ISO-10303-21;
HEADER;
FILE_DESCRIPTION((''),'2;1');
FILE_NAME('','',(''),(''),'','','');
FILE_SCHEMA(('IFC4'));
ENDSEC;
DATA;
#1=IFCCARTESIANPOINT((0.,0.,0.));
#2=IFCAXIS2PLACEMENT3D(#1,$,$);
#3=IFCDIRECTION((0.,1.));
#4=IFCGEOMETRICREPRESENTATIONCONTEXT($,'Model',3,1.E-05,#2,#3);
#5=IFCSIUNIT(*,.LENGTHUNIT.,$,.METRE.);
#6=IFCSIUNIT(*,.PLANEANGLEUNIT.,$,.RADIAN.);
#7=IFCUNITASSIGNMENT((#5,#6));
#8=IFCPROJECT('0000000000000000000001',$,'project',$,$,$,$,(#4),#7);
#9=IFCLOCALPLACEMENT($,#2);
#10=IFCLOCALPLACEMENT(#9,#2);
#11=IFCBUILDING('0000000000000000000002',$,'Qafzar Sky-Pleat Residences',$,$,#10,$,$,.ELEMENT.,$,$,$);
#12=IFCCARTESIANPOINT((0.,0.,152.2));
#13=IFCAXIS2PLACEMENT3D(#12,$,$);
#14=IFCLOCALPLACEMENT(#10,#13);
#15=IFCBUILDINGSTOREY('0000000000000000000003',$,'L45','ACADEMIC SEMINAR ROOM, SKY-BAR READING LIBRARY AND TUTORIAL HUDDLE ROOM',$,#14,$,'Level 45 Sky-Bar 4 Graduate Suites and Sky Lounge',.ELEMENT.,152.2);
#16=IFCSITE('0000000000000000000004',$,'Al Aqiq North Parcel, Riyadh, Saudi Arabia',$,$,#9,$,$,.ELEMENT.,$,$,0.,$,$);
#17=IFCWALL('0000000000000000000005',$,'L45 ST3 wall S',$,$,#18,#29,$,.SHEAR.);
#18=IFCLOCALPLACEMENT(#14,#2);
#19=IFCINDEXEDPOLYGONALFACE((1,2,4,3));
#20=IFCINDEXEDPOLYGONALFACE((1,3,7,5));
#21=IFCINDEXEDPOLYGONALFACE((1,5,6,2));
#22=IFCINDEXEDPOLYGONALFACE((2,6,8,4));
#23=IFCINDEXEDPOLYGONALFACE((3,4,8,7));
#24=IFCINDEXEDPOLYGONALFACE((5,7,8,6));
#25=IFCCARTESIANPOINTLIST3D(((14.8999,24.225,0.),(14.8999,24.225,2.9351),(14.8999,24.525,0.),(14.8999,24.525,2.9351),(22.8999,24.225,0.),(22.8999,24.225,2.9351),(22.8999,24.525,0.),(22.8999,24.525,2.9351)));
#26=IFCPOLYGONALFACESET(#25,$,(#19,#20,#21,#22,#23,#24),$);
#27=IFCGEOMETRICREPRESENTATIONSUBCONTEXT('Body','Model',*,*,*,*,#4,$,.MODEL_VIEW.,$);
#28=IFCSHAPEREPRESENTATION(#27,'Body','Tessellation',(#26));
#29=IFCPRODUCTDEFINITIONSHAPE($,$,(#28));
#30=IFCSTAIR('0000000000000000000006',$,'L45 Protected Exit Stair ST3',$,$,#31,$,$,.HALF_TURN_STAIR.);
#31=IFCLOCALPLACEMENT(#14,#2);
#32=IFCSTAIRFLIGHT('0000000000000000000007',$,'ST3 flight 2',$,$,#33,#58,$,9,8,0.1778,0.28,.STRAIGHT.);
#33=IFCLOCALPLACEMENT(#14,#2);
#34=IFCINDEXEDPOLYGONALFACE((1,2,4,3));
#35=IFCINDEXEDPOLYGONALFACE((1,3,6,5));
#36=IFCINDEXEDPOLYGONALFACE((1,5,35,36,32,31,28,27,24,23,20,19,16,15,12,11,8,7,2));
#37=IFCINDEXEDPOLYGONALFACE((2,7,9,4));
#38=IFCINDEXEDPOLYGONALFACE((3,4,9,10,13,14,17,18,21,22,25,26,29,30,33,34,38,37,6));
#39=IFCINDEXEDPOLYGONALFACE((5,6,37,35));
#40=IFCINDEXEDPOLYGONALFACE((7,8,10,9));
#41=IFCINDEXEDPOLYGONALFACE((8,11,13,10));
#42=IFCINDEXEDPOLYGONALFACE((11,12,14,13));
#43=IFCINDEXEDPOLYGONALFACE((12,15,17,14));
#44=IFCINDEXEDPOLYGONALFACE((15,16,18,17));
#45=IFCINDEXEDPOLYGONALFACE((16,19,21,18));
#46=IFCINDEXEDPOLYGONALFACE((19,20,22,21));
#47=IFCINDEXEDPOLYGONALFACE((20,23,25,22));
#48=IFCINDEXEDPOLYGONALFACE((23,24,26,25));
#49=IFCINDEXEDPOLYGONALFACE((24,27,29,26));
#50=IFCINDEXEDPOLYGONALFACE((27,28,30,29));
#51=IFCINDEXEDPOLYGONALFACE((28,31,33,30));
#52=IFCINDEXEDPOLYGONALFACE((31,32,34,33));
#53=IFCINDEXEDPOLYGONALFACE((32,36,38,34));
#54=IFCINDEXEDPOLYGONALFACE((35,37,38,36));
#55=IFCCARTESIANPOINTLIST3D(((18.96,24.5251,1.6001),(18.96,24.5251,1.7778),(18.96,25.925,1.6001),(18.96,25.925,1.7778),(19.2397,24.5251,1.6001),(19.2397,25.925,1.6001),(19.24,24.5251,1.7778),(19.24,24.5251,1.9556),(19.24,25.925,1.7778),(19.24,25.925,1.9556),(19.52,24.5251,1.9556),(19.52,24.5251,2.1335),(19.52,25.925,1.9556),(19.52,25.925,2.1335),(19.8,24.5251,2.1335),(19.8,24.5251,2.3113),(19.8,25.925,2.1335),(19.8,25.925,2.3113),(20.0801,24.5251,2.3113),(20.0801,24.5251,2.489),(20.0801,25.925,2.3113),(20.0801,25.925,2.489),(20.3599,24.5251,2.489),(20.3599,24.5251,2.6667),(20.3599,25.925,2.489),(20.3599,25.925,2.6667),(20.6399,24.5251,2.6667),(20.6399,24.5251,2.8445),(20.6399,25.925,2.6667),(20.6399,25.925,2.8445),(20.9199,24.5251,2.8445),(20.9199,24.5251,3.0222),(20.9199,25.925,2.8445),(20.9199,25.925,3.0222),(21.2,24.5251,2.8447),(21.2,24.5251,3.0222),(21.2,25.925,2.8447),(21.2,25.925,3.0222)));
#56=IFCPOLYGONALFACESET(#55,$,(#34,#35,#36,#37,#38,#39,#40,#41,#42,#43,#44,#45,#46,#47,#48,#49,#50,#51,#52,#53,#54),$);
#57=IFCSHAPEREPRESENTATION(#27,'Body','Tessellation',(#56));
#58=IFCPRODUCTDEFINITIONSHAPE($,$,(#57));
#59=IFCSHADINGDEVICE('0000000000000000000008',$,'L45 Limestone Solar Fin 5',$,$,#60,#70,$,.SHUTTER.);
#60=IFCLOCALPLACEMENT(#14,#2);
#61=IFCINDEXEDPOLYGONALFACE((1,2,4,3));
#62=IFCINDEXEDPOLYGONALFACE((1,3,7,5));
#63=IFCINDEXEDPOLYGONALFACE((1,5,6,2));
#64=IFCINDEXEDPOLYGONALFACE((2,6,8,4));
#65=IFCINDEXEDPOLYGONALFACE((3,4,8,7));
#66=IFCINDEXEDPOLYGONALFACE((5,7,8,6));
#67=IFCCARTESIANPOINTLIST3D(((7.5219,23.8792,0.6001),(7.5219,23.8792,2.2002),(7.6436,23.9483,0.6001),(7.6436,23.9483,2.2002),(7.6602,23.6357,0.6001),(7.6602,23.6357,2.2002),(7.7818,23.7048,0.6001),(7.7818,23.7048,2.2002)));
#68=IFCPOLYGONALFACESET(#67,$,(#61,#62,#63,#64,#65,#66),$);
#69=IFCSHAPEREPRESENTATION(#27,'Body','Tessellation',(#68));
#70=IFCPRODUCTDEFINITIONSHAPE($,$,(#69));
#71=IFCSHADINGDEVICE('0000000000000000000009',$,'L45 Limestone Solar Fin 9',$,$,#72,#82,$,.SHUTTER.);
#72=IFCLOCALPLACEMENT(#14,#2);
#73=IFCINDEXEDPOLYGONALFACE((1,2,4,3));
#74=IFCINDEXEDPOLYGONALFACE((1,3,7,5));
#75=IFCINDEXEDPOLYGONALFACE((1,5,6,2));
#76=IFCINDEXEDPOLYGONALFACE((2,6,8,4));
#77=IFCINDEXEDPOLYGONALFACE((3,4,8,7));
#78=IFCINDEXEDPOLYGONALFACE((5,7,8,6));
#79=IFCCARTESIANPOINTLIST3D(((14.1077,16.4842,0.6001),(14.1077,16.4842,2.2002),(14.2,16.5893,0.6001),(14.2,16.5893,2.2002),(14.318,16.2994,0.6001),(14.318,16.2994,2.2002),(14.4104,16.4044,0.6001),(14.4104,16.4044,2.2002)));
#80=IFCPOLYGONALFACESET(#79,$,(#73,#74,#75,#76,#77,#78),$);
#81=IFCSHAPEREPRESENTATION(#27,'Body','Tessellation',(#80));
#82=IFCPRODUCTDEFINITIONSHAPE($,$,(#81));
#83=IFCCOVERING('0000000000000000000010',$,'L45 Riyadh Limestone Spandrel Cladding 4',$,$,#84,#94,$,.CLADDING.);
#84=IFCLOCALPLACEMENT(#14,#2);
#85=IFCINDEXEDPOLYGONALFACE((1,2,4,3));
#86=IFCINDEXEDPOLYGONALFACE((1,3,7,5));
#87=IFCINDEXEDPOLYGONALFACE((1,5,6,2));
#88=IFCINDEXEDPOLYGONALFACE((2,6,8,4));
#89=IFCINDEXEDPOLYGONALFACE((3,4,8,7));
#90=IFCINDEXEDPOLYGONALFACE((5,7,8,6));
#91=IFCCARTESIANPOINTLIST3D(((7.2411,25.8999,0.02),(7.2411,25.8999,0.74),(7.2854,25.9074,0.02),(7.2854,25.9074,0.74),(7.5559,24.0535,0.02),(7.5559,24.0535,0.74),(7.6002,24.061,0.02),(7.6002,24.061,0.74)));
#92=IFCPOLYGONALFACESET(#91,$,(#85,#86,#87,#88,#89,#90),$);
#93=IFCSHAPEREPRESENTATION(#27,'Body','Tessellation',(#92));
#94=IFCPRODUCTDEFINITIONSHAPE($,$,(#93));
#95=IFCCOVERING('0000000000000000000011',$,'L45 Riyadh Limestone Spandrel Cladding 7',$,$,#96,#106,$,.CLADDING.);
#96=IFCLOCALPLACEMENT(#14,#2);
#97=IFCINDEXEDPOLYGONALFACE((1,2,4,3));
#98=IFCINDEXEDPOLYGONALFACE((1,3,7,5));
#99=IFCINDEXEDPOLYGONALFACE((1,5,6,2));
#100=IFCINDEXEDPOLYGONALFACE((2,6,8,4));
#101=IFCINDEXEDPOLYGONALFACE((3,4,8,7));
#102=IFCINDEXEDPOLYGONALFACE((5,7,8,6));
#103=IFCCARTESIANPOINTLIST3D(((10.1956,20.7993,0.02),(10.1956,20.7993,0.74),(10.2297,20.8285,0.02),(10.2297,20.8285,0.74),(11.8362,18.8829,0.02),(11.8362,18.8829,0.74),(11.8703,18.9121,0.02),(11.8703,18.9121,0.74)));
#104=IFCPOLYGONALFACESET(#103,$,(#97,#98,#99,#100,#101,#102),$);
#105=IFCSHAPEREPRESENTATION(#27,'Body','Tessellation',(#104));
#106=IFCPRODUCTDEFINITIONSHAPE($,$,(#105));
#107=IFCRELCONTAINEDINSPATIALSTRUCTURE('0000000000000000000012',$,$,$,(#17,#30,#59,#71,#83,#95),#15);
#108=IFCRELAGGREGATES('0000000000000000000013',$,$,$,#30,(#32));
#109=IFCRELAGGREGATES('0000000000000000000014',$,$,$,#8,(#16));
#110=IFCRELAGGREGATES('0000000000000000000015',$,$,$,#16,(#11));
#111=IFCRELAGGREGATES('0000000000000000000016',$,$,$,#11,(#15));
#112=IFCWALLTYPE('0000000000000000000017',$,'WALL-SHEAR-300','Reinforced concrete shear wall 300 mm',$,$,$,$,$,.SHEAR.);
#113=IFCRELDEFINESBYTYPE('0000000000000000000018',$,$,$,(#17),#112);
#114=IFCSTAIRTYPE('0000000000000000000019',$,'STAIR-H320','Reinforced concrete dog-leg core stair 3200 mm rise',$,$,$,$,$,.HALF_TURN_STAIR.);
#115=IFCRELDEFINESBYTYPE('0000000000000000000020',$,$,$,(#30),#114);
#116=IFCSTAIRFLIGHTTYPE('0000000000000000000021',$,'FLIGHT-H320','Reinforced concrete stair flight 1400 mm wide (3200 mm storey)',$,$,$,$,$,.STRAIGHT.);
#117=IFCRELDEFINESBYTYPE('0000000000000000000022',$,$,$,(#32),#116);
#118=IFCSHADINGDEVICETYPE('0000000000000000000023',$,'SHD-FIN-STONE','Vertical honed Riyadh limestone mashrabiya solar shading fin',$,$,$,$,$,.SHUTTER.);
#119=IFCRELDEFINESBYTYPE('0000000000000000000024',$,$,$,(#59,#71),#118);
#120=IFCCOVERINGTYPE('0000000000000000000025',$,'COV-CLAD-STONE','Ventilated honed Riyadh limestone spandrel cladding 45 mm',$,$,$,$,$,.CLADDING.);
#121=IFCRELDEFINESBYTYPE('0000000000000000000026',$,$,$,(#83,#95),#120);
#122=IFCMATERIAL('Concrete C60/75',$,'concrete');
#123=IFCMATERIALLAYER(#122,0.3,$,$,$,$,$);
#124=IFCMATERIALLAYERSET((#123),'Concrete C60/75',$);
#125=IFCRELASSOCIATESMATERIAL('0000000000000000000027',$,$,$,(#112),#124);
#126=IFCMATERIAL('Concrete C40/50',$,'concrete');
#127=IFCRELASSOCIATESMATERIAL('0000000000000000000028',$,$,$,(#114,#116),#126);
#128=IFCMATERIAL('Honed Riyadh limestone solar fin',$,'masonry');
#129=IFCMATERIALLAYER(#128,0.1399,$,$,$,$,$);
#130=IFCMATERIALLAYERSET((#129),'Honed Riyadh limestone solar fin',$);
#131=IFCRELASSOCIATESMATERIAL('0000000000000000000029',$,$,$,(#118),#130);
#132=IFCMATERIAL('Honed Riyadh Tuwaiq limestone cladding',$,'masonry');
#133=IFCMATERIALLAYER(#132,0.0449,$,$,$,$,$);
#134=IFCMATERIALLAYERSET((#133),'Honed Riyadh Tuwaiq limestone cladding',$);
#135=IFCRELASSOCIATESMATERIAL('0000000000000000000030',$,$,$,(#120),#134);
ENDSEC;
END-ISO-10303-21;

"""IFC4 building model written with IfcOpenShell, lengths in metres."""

from ifc_helpers import new_model, si_unit, direction, frame, frame_2d, origin, origin_2d, place, context, subcontext, project, spatial, polyline, rectangle, outline, extrude, source, transform, mapped, material, layer, layer_set, type_object, element, aggregate, save


model = new_model("IFC4")

# Units and contexts
model_context = context("Model", 3, precision=1e-05, world=origin(), true_north=direction((0.0, 1.0)))
body_context = subcontext(model_context, "Body", "Model", "MODEL_VIEW")
ifc_project = project(units=[si_unit("LENGTHUNIT", "METRE"), si_unit("PLANEANGLEUNIT", "RADIAN")], contexts=[model_context])

# Site, building, storey
site_placement = place(None, origin())
site = spatial("IfcSite", under=ifc_project, at=site_placement, Name="Al Aqiq North Parcel, Riyadh, Saudi Arabia", CompositionType="ELEMENT", RefElevation=0.0)
building_placement = place(site_placement, origin())
building = spatial("IfcBuilding", under=site, at=building_placement, Name="Qafzar Sky-Pleat Residences", CompositionType="ELEMENT")
storey_placement = place(building_placement, frame((0.0, 0.0, 152.2)))
storey = spatial("IfcBuildingStorey", under=building, at=storey_placement, Name="L45", Description="ACADEMIC SEMINAR ROOM, SKY-BAR READING LIBRARY AND TUTORIAL HUDDLE ROOM", LongName="Level 45 Sky-Bar 4 Graduate Suites and Sky Lounge", CompositionType="ELEMENT", Elevation=152.2)

# Shared definitions
ifc_material_1 = material(Name="Concrete C60/75", Category="concrete")

# Wall
ifc_layer_1 = layer(ifc_material_1, 0.3)
ifc_layer_set_1 = layer_set([ifc_layer_1], Name="Concrete C60/75")
wall_type_1 = type_object("IfcWallType", Name="WALL-SHEAR-300", Description="Reinforced concrete shear wall 300 mm", PredefinedType="SHEAR", material=ifc_layer_set_1)
wall_1_placement = place(storey_placement, frame((14.8999, 24.375, 0.0), z_axis=(0.0, 0.0, 1.0), x_axis=(1.0, 0.0, 0.0)))
element("IfcWall", 1, at=wall_1_placement, inside=storey, type_object=wall_type_1, Name="L45 ST3 wall S", PredefinedType="SHEAR", context=body_context, shape_type="SweptSolid", body=[
    extrude(rectangle(XDim=8.0, YDim=0.3, at=frame_2d((4.0, 0.0))), origin(), (0.0, 0.0, 1.0), 2.9351),
])

# Stair, stair flight
ifc_material_2 = material(Name="Concrete C40/50", Category="concrete")
stair_type = type_object("IfcStairType", Name="STAIR-H320", Description="Reinforced concrete dog-leg core stair 3200 mm rise", PredefinedType="HALF_TURN_STAIR", material=ifc_material_2)
stair_placement = place(storey_placement, origin())
stair = element("IfcStair", 2, at=stair_placement, inside=storey, type_object=stair_type, Name="L45 Protected Exit Stair ST3", PredefinedType="HALF_TURN_STAIR")
stair_flight_type = type_object("IfcStairFlightType", Name="FLIGHT-H320", Description="Reinforced concrete stair flight 1400 mm wide (3200 mm storey)", PredefinedType="STRAIGHT", material=ifc_material_2)
shared_shape_1 = source(origin(), body_context, "Body", "SweptSolid", [
    extrude(outline(polyline([(0.0, 0.0), (0.0, 0.1777), (0.28, 0.1777), (0.28, 0.3555), (0.5601, 0.3555), (0.5601, 0.5334), (0.8401, 0.5334), (0.8401, 0.7112), (1.1201, 0.7112), (1.1201, 0.8889), (1.3999, 0.8889), (1.3999, 1.0667), (1.6799, 1.0667), (1.6799, 1.2444), (1.96, 1.2444), (1.96, 1.4221), (2.24, 1.4221), (2.24, 1.6001), (2.24, 1.2446), (0.2798, 0.0), (0.0, 0.0)])), frame((0.0, 0.7, 0.0), z_axis=(0.0, -1.0, 0.0), x_axis=(1.0, 0.0, 0.0)), (0.0, 0.0, 1.0), 1.3999),
])
stair_flight_placement = place(storey_placement, frame((18.96, 25.2251, 1.6001), z_axis=(0.0, 0.0, 1.0), x_axis=(1.0, 0.0, 0.0)))
stair_flight = element("IfcStairFlight", 3, at=stair_flight_placement, type_object=stair_flight_type, Name="ST3 flight 2", NumberOfRisers=9, NumberOfTreads=8, PredefinedType="STRAIGHT", RiserHeight=0.1778, TreadLength=0.28, context=body_context, shape_type="MappedRepresentation", body=[
    mapped(shared_shape_1, transform((0.0, 0.0, 0.0), x_axis=(1.0, 0.0, 0.0), y_axis=(0.0, 1.0, 0.0), z_axis=(0.0, 0.0, 1.0), scale=1.0)),
])
aggregate(stair, [stair_flight])

# Shading devices
ifc_material_3 = material(Name="Honed Riyadh limestone solar fin", Category="masonry")
ifc_layer_2 = layer(ifc_material_3, 0.1399)
ifc_layer_set_2 = layer_set([ifc_layer_2], Name="Honed Riyadh limestone solar fin")
shading_device_type = type_object("IfcShadingDeviceType", Name="SHD-FIN-STONE", Description="Vertical honed Riyadh limestone mashrabiya solar shading fin", PredefinedType="SHUTTER", material=ifc_layer_set_2)
shared_shape_2 = source(origin(), body_context, "Body", "SweptSolid", [
    extrude(rectangle(XDim=0.1399, YDim=0.28, at=origin_2d()), origin(), (0.0, 0.0, 1.0), 1.6001),
])
for number, where, z_axis, x_axis, name in (
    (4, (7.6519, 23.792, 0.6001), (0.0, 0.0, 1.0), (-0.869615, -0.493731, 0.0), "L45 Limestone Solar Fin 5"),
    (5, (14.259, 16.4443, 0.6001), (0.0, 0.0, 1.0), (-0.660158, -0.751127, 0.0), "L45 Limestone Solar Fin 9"),
):
    element("IfcShadingDevice", number, at=place(storey_placement, frame(where, z_axis=z_axis, x_axis=x_axis)), inside=storey, type_object=shading_device_type, Name=name, PredefinedType="SHUTTER", context=body_context, shape_type="MappedRepresentation", body=[
        mapped(shared_shape_2, transform((0.0, 0.0, 0.0), x_axis=(1.0, 0.0, 0.0), y_axis=(0.0, 1.0, 0.0), z_axis=(0.0, 0.0, 1.0), scale=1.0)),
    ])

# Covering
ifc_material_4 = material(Name="Honed Riyadh Tuwaiq limestone cladding", Category="masonry")
ifc_layer_3 = layer(ifc_material_4, 0.0449)
ifc_layer_set_3 = layer_set([ifc_layer_3], Name="Honed Riyadh Tuwaiq limestone cladding")
covering_type = type_object("IfcCoveringType", Name="COV-CLAD-STONE", Description="Ventilated honed Riyadh limestone spandrel cladding 45 mm", PredefinedType="CLADDING", material=ifc_layer_set_3)
shared_shape_3 = source(origin(), body_context, "Body", "SweptSolid", [
    extrude(rectangle(XDim=1.873, YDim=0.0449, at=origin_2d()), origin(), (0.0, 0.0, 1.0), 0.72),
])
covering_1_placement = place(storey_placement, frame((7.4207, 24.9805, 0.02), z_axis=(0.0, 0.0, 1.0), x_axis=(0.168084, -0.985773, 0.0)))
element("IfcCovering", 6, at=covering_1_placement, inside=storey, type_object=covering_type, Name="L45 Riyadh Limestone Spandrel Cladding 4", PredefinedType="CLADDING", context=body_context, shape_type="MappedRepresentation", body=[
    mapped(shared_shape_3, transform((0.0, 0.0, 0.0), x_axis=(1.0, 0.0, 0.0), y_axis=(0.0, 1.0, 0.0), z_axis=(0.0, 0.0, 1.0), scale=1.0)),
])

# Covering
shared_shape_4 = source(origin(), body_context, "Body", "SweptSolid", [
    extrude(rectangle(XDim=2.5227, YDim=0.0449, at=origin_2d()), origin(), (0.0, 0.0, 1.0), 0.72),
])
covering_2_placement = place(storey_placement, frame((11.033, 19.8557, 0.02), z_axis=(0.0, 0.0, 1.0), x_axis=(0.650336, -0.759647, 0.0)))
element("IfcCovering", 7, at=covering_2_placement, inside=storey, type_object=covering_type, Name="L45 Riyadh Limestone Spandrel Cladding 7", PredefinedType="CLADDING", context=body_context, shape_type="MappedRepresentation", body=[
    mapped(shared_shape_4, transform((0.0, 0.0, 0.0), x_axis=(1.0, 0.0, 0.0), y_axis=(0.0, 1.0, 0.0), z_axis=(0.0, 0.0, 1.0), scale=1.0)),
])

save(model, "model.ifc")
